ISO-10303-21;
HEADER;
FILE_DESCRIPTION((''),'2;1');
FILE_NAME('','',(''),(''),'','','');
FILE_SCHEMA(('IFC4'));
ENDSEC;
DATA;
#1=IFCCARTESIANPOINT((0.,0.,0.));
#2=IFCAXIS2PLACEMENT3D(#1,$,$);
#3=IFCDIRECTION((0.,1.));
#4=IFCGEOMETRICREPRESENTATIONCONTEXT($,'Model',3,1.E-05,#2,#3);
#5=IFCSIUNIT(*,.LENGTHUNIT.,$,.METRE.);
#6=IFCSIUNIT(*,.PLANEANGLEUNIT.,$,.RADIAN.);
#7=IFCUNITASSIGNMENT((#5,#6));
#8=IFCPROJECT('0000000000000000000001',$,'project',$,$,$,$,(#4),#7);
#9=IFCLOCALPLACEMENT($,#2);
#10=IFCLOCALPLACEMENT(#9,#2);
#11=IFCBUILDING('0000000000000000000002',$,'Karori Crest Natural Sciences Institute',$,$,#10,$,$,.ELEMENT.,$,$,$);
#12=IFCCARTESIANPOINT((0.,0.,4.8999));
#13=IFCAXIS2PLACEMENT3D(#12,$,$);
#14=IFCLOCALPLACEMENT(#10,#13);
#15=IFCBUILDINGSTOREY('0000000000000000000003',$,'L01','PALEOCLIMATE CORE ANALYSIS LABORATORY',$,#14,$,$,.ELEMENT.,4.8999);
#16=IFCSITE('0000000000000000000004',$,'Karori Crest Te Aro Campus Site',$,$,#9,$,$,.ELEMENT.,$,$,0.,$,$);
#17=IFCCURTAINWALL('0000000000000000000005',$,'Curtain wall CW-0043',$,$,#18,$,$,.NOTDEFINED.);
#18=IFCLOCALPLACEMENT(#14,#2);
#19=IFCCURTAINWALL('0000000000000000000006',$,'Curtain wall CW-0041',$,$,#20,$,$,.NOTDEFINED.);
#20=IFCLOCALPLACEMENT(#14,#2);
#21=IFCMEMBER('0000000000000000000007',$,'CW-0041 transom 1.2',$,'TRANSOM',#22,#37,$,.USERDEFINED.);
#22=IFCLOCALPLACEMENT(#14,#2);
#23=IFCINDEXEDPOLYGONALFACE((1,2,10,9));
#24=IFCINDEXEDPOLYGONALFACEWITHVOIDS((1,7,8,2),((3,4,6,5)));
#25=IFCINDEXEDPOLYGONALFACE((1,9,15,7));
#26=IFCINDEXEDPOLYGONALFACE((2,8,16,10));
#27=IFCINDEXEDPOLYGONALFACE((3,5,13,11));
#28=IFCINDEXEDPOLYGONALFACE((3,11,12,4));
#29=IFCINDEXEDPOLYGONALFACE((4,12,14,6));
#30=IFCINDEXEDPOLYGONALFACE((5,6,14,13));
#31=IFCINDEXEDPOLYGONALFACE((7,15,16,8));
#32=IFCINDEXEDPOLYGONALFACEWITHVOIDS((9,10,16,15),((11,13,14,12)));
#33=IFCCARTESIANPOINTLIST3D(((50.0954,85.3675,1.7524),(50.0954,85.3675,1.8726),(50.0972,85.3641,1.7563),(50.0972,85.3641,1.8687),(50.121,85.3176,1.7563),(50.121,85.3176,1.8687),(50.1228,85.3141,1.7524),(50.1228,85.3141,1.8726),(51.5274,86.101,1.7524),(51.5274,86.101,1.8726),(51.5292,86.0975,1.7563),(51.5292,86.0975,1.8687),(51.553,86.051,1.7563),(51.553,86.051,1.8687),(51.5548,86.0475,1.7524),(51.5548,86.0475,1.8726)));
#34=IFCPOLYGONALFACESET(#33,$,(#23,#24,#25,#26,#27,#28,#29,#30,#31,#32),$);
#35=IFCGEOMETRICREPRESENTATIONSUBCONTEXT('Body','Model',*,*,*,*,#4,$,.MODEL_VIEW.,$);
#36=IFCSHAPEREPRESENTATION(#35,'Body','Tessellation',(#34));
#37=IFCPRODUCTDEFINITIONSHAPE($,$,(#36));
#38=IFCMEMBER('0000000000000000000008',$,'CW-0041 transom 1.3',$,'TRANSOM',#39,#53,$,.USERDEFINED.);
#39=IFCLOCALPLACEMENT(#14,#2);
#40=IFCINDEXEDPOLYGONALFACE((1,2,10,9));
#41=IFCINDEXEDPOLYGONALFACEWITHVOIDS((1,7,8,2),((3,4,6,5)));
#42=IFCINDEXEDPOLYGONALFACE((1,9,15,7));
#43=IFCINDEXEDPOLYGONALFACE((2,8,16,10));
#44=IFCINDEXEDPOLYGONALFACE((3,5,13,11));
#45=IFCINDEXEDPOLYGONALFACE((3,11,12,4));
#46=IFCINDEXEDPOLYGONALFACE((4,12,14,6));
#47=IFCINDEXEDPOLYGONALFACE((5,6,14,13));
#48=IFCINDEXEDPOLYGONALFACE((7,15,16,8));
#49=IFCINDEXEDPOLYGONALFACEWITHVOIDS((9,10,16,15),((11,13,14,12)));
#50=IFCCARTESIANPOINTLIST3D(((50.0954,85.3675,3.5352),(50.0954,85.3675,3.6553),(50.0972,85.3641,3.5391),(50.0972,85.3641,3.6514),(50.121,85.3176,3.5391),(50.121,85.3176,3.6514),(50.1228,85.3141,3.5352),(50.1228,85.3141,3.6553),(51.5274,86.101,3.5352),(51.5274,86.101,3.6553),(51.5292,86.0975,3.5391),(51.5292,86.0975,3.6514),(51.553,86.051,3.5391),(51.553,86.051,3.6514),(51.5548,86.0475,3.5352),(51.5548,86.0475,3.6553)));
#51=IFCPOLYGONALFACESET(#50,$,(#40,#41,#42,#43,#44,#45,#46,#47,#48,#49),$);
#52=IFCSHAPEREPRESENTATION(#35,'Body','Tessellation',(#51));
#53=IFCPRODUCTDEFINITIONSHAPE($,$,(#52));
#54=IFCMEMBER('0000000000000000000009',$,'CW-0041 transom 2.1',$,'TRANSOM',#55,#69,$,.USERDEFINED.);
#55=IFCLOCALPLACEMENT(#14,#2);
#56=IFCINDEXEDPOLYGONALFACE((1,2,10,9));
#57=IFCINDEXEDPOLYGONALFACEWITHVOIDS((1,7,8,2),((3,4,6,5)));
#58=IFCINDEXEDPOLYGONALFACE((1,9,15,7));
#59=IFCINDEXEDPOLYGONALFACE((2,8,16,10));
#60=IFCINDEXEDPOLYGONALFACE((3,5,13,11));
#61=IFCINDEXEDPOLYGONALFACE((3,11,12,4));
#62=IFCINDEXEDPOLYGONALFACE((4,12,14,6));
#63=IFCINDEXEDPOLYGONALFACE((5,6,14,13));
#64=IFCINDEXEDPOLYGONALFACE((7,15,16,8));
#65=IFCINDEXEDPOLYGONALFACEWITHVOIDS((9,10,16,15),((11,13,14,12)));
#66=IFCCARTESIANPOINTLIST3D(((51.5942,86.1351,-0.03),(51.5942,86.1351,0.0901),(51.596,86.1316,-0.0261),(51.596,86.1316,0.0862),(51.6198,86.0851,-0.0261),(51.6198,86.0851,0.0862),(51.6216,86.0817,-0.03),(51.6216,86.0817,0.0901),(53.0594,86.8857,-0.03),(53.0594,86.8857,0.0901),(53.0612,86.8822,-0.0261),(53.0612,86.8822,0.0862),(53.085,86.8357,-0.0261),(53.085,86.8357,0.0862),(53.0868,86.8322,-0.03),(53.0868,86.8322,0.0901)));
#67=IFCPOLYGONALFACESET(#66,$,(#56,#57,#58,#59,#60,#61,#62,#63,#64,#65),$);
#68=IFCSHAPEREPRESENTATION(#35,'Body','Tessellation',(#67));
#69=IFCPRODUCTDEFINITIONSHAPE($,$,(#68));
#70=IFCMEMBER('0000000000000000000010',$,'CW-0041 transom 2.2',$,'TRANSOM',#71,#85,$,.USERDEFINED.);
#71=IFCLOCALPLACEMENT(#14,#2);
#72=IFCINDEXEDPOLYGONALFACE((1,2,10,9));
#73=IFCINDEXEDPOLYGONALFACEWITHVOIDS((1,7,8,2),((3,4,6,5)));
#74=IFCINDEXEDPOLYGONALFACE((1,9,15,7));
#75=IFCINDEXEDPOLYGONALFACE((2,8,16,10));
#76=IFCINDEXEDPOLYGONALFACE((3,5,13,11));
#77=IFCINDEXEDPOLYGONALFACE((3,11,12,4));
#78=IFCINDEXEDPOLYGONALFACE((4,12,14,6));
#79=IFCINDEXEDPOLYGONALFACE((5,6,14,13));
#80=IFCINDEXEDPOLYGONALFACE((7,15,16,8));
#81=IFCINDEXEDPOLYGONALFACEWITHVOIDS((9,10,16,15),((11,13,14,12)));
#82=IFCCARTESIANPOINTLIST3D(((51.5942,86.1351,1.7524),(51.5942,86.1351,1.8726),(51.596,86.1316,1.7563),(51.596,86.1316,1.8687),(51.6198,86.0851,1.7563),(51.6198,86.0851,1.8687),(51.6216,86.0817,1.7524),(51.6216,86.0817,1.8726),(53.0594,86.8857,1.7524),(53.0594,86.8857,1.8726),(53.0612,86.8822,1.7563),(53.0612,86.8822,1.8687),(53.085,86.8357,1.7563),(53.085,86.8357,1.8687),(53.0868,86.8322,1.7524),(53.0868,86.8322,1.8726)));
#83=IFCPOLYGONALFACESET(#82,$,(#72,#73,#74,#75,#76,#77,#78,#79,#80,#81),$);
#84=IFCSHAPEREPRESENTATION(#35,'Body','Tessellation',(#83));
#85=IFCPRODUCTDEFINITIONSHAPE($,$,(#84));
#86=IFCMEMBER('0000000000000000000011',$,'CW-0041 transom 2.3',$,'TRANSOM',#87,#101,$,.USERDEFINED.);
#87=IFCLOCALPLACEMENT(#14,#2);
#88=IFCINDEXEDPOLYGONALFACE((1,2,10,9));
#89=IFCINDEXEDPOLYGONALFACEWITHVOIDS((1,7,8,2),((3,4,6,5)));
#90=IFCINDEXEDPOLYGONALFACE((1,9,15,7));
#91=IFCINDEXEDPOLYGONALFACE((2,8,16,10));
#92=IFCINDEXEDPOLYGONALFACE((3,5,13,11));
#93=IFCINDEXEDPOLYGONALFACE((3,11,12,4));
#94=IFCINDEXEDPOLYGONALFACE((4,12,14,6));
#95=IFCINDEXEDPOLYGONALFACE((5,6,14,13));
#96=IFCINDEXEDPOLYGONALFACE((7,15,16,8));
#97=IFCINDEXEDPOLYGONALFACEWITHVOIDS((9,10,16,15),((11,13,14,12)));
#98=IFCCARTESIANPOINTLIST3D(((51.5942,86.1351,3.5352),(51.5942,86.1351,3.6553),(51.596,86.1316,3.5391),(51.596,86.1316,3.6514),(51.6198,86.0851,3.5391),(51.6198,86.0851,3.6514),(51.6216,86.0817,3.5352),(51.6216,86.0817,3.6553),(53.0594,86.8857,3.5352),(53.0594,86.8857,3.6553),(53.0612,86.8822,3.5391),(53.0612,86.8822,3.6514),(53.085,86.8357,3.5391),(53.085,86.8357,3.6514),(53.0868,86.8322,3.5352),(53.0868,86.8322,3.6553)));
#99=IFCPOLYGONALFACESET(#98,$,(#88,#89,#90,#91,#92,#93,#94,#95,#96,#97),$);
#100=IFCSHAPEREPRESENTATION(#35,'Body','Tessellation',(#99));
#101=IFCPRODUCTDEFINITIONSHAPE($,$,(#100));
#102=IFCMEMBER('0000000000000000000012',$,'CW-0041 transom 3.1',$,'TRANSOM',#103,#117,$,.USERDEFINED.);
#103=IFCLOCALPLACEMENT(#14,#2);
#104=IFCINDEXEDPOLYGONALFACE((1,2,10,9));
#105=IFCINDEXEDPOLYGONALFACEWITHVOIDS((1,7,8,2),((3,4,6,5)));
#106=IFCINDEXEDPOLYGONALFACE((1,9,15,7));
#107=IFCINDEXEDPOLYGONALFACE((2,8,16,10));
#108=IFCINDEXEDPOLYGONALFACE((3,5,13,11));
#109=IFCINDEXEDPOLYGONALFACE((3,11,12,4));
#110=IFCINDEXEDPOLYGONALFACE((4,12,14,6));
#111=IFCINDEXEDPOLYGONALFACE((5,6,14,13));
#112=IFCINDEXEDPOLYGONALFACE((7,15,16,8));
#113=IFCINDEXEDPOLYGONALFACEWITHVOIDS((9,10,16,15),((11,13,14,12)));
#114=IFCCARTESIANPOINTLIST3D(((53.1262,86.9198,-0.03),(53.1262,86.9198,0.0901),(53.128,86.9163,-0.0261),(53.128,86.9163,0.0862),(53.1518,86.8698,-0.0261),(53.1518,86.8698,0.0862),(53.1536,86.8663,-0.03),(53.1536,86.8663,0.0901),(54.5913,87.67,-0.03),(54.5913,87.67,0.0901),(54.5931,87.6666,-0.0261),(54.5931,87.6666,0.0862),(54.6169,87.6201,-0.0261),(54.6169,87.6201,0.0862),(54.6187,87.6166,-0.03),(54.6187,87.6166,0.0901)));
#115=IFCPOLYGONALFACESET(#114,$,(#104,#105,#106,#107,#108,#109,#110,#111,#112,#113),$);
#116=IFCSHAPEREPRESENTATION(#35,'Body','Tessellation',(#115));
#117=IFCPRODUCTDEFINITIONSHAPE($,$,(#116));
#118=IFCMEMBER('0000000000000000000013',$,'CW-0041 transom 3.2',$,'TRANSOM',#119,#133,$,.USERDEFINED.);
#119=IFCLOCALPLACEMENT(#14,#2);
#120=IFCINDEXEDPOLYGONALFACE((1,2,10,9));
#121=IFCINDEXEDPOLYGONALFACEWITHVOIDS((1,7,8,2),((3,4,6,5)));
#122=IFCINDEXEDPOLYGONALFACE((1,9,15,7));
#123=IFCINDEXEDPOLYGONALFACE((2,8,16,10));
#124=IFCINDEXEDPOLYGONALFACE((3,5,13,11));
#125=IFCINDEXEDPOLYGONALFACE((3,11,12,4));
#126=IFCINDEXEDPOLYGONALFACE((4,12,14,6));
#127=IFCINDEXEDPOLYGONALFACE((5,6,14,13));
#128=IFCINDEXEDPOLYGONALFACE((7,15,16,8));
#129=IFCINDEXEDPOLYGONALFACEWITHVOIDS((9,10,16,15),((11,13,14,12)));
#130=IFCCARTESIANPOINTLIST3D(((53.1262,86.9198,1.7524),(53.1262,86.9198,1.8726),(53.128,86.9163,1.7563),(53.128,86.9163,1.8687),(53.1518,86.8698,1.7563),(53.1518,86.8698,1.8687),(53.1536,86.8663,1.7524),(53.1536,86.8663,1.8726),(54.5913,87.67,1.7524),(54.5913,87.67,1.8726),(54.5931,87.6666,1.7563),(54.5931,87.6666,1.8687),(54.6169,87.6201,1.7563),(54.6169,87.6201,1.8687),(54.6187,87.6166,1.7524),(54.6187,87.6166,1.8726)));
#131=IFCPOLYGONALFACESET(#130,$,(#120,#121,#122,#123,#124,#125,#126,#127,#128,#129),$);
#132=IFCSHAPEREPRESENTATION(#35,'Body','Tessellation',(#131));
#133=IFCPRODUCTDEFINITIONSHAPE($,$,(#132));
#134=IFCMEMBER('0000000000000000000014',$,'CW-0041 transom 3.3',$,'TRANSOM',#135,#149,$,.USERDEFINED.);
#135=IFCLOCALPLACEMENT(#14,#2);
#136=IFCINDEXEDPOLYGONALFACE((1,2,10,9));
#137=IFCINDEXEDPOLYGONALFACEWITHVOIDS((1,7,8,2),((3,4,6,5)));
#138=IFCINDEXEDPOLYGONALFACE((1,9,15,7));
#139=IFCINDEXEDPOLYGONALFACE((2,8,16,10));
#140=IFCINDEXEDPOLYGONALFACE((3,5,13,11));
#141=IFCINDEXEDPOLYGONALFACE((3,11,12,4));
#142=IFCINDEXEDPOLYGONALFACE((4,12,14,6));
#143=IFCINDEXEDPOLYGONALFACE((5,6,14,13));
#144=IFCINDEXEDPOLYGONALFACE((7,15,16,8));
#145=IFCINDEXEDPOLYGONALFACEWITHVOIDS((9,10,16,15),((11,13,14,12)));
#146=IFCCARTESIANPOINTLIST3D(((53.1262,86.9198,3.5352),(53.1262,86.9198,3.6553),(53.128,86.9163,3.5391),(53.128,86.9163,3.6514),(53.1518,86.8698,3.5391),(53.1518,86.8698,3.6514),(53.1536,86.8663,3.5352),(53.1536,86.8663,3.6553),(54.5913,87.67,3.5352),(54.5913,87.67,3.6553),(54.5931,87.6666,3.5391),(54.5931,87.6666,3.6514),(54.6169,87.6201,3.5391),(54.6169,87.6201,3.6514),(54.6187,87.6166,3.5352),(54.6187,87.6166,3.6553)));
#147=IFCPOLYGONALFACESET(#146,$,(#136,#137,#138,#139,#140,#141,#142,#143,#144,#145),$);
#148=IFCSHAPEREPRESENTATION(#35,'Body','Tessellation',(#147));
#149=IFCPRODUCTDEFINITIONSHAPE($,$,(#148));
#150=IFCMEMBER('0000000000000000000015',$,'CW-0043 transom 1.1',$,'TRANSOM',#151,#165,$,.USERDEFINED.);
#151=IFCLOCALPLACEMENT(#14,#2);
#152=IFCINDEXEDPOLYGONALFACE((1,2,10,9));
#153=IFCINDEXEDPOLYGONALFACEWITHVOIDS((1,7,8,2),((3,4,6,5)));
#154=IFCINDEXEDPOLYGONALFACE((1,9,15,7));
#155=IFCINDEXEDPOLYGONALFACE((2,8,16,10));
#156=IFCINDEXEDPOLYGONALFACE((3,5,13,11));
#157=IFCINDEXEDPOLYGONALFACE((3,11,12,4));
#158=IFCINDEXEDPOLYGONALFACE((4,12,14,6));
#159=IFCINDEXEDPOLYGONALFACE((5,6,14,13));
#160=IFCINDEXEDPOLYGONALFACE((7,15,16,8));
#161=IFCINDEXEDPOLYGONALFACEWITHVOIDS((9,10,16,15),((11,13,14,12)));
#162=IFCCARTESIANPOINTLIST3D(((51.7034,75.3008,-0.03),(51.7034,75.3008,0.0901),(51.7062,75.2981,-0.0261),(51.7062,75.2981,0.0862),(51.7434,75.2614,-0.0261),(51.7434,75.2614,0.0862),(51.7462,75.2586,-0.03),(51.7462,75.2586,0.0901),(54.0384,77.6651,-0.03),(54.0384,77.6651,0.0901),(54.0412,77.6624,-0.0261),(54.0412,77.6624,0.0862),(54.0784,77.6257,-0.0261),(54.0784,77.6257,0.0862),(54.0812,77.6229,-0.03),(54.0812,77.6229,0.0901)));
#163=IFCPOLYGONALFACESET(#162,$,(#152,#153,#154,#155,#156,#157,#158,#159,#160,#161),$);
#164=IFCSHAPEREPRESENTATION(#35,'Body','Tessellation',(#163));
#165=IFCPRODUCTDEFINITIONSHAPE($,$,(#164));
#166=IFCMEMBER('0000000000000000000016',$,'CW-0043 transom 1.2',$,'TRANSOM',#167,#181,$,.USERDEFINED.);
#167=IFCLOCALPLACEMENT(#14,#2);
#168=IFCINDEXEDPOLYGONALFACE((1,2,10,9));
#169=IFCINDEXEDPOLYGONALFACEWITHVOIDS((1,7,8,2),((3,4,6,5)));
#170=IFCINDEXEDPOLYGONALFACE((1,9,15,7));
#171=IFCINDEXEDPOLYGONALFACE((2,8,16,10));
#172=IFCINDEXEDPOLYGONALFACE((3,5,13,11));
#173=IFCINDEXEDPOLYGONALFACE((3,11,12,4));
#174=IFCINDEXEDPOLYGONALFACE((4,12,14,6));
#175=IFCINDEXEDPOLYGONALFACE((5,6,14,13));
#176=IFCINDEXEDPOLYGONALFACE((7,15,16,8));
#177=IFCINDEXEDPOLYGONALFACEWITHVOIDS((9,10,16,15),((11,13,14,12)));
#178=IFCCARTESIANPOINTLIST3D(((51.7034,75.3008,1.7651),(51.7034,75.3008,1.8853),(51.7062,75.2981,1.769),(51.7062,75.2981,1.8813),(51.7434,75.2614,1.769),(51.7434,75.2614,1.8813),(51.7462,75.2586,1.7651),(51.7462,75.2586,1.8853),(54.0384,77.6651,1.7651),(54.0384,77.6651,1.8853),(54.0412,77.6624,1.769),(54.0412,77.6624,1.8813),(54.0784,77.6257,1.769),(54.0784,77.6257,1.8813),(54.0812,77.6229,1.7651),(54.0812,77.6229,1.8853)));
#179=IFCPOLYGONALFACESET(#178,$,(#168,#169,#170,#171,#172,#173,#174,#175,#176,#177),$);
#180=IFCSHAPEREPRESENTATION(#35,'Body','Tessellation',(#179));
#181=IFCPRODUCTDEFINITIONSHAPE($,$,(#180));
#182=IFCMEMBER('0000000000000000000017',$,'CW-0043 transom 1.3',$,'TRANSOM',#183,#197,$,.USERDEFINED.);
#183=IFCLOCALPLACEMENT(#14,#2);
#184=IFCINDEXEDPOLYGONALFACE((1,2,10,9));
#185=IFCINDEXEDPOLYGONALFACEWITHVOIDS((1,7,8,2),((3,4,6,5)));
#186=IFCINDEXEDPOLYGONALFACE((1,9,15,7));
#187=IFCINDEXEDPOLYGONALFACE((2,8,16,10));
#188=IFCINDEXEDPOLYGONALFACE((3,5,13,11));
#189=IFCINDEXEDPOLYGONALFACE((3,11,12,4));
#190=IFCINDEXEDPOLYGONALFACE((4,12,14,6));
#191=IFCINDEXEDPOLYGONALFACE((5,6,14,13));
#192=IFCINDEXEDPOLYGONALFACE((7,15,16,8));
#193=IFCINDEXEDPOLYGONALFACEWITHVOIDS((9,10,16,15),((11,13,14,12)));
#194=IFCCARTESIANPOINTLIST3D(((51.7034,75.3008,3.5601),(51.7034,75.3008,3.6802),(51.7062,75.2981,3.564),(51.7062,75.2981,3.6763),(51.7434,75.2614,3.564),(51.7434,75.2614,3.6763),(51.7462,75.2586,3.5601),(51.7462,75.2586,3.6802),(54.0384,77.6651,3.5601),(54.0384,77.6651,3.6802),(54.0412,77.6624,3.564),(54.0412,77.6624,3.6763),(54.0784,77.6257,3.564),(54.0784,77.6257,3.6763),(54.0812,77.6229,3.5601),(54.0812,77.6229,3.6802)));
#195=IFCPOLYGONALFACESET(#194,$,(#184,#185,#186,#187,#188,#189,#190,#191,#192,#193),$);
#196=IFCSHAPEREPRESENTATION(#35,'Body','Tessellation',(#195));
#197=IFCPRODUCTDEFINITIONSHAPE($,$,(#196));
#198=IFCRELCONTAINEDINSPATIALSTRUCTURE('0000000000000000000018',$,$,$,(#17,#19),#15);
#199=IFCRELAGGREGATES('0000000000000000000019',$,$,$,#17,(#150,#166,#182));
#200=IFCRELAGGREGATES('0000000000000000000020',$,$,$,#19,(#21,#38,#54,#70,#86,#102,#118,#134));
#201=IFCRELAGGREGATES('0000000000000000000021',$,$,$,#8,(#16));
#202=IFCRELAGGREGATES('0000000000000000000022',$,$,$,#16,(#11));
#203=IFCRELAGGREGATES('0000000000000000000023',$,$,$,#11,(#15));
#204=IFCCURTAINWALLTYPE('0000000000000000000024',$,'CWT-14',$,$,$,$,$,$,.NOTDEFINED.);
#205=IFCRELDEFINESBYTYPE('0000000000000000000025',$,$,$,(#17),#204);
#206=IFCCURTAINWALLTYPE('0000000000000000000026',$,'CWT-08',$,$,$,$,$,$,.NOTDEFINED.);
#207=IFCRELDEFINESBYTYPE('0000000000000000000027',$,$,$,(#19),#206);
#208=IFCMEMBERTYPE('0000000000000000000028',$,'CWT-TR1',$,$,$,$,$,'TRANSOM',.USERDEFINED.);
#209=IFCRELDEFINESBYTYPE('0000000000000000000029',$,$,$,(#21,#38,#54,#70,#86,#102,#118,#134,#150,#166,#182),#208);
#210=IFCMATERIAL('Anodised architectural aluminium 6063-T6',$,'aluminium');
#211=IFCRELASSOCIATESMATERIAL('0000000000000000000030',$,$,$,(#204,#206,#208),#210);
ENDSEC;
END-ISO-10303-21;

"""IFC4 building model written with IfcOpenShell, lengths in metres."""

from ifc_helpers import new_model, si_unit, direction, frame, origin, origin_2d, place, context, subcontext, project, spatial, hollow_rectangle, extrude, material, material_profile, profile_set, type_object, element, aggregate, save


model = new_model("IFC4")

# Units and contexts
model_context = context("Model", 3, precision=1e-05, world=origin(), true_north=direction((0.0, 1.0)))
body_context = subcontext(model_context, "Body", "Model", "MODEL_VIEW")
ifc_project = project(units=[si_unit("LENGTHUNIT", "METRE"), si_unit("PLANEANGLEUNIT", "RADIAN")], contexts=[model_context])

# Site, building, storey
site_placement = place(None, origin())
site = spatial("IfcSite", under=ifc_project, at=site_placement, Name="Karori Crest Te Aro Campus Site", CompositionType="ELEMENT", RefElevation=0.0)
building_placement = place(site_placement, origin())
building = spatial("IfcBuilding", under=site, at=building_placement, Name="Karori Crest Natural Sciences Institute", CompositionType="ELEMENT")
storey_placement = place(building_placement, frame((0.0, 0.0, 4.8999)))
storey = spatial("IfcBuildingStorey", under=building, at=storey_placement, Name="L01", Description="PALEOCLIMATE CORE ANALYSIS LABORATORY", CompositionType="ELEMENT", Elevation=4.8999)

# Curtain wall
ifc_material_1 = material(Name="Anodised architectural aluminium 6063-T6", Category="aluminium")
curtain_wall_type_1 = type_object("IfcCurtainWallType", Name="CWT-14", PredefinedType="NOTDEFINED", material=ifc_material_1)
curtain_wall_1_placement = place(storey_placement, origin())
curtain_wall_1 = element("IfcCurtainWall", 1, at=curtain_wall_1_placement, inside=storey, type_object=curtain_wall_type_1, Name="Curtain wall CW-0043", PredefinedType="NOTDEFINED")

# Curtain wall
curtain_wall_type_2 = type_object("IfcCurtainWallType", Name="CWT-08", PredefinedType="NOTDEFINED", material=ifc_material_1)
curtain_wall_2_placement = place(storey_placement, origin())
curtain_wall_2 = element("IfcCurtainWall", 2, at=curtain_wall_2_placement, inside=storey, type_object=curtain_wall_type_2, Name="Curtain wall CW-0041", PredefinedType="NOTDEFINED")

# Members
ifc_material_profile_1 = material_profile(ifc_material_1, hollow_rectangle(XDim=0.0601, YDim=0.1201, WallThickness=0.0039, at=origin_2d()), Name="CWT120x60x4")
ifc_profile_set_1 = profile_set([ifc_material_profile_1], Name="Anodised architectural aluminium 6063-T6")
member_type_1 = type_object("IfcMemberType", Name="CWT-TR1", ElementType="TRANSOM", PredefinedType="USERDEFINED", material=ifc_profile_set_1)
member_1_placement = place(storey_placement, frame((50.1091, 85.3408, 1.8125), z_axis=(0.890045, 0.455873, 0.0), x_axis=(-0.455873, 0.890045, 0.0)))
member_1 = element("IfcMember", 3, at=member_1_placement, type_object=member_type_1, Name="CW-0041 transom 1.2", ObjectType="TRANSOM", PredefinedType="USERDEFINED", context=body_context, shape_type="SweptSolid", body=[
    extrude(hollow_rectangle(XDim=0.0601, YDim=0.1201, WallThickness=0.0039, at=origin_2d()), origin(), (0.0, 0.0, 1.0), 1.6089),
])
member_2_placement = place(storey_placement, frame((50.1091, 85.3408, 3.5952), z_axis=(0.890045, 0.455873, 0.0), x_axis=(-0.455873, 0.890045, 0.0)))
member_2 = element("IfcMember", 4, at=member_2_placement, type_object=member_type_1, Name="CW-0041 transom 1.3", ObjectType="TRANSOM", PredefinedType="USERDEFINED", context=body_context, shape_type="SweptSolid", body=[
    extrude(hollow_rectangle(XDim=0.0601, YDim=0.1201, WallThickness=0.0039, at=origin_2d()), origin(), (0.0, 0.0, 1.0), 1.6089),
])
member_3_placement = place(storey_placement, frame((51.6079, 86.1084, 0.03), z_axis=(0.890024, 0.455913, 0.0), x_axis=(-0.455913, 0.890024, 0.0)))
member_3 = element("IfcMember", 5, at=member_3_placement, type_object=member_type_1, Name="CW-0041 transom 2.1", ObjectType="TRANSOM", PredefinedType="USERDEFINED", context=body_context, shape_type="SweptSolid", body=[
    extrude(hollow_rectangle(XDim=0.0601, YDim=0.1201, WallThickness=0.0039, at=origin_2d()), origin(), (0.0, 0.0, 1.0), 1.6462),
])
member_4_placement = place(storey_placement, frame((51.6079, 86.1084, 1.8125), z_axis=(0.890024, 0.455913, 0.0), x_axis=(-0.455913, 0.890024, 0.0)))
member_4 = element("IfcMember", 6, at=member_4_placement, type_object=member_type_1, Name="CW-0041 transom 2.2", ObjectType="TRANSOM", PredefinedType="USERDEFINED", context=body_context, shape_type="SweptSolid", body=[
    extrude(hollow_rectangle(XDim=0.0601, YDim=0.1201, WallThickness=0.0039, at=origin_2d()), origin(), (0.0, 0.0, 1.0), 1.6462),
])
member_5_placement = place(storey_placement, frame((51.6079, 86.1084, 3.5952), z_axis=(0.890024, 0.455913, 0.0), x_axis=(-0.455913, 0.890024, 0.0)))
member_5 = element("IfcMember", 7, at=member_5_placement, type_object=member_type_1, Name="CW-0041 transom 2.3", ObjectType="TRANSOM", PredefinedType="USERDEFINED", context=body_context, shape_type="SweptSolid", body=[
    extrude(hollow_rectangle(XDim=0.0601, YDim=0.1201, WallThickness=0.0039, at=origin_2d()), origin(), (0.0, 0.0, 1.0), 1.6462),
])
member_6_placement = place(storey_placement, frame((53.1399, 86.8931, 0.03), z_axis=(0.890084, 0.455796, 0.0), x_axis=(-0.455796, 0.890084, 0.0)))
member_6 = element("IfcMember", 8, at=member_6_placement, type_object=member_type_1, Name="CW-0041 transom 3.1", ObjectType="TRANSOM", PredefinedType="USERDEFINED", context=body_context, shape_type="SweptSolid", body=[
    extrude(hollow_rectangle(XDim=0.0601, YDim=0.1201, WallThickness=0.0039, at=origin_2d()), origin(), (0.0, 0.0, 1.0), 1.646),
])
member_7_placement = place(storey_placement, frame((53.1399, 86.8931, 1.8125), z_axis=(0.890084, 0.455796, 0.0), x_axis=(-0.455796, 0.890084, 0.0)))
member_7 = element("IfcMember", 9, at=member_7_placement, type_object=member_type_1, Name="CW-0041 transom 3.2", ObjectType="TRANSOM", PredefinedType="USERDEFINED", context=body_context, shape_type="SweptSolid", body=[
    extrude(hollow_rectangle(XDim=0.0601, YDim=0.1201, WallThickness=0.0039, at=origin_2d()), origin(), (0.0, 0.0, 1.0), 1.646),
])
member_8_placement = place(storey_placement, frame((53.1399, 86.8931, 3.5952), z_axis=(0.890084, 0.455796, 0.0), x_axis=(-0.455796, 0.890084, 0.0)))
member_8 = element("IfcMember", 10, at=member_8_placement, type_object=member_type_1, Name="CW-0041 transom 3.3", ObjectType="TRANSOM", PredefinedType="USERDEFINED", context=body_context, shape_type="SweptSolid", body=[
    extrude(hollow_rectangle(XDim=0.0601, YDim=0.1201, WallThickness=0.0039, at=origin_2d()), origin(), (0.0, 0.0, 1.0), 1.646),
])
member_9_placement = place(storey_placement, frame((54.0598, 77.644, 0.03), z_axis=(-0.702685, -0.711501, 0.0), x_axis=(0.711501, -0.702685, 0.0)))
member_9 = element("IfcMember", 11, at=member_9_placement, type_object=member_type_1, Name="CW-0043 transom 1.1", ObjectType="TRANSOM", PredefinedType="USERDEFINED", context=body_context, shape_type="SweptSolid", body=[
    extrude(hollow_rectangle(XDim=0.0601, YDim=0.1201, WallThickness=0.0039, at=origin_2d()), origin(), (0.0, 0.0, 1.0), 3.323),
])
member_10_placement = place(storey_placement, frame((54.0598, 77.644, 1.8252), z_axis=(-0.702685, -0.711501, 0.0), x_axis=(0.711501, -0.702685, 0.0)))
member_10 = element("IfcMember", 12, at=member_10_placement, type_object=member_type_1, Name="CW-0043 transom 1.2", ObjectType="TRANSOM", PredefinedType="USERDEFINED", context=body_context, shape_type="SweptSolid", body=[
    extrude(hollow_rectangle(XDim=0.0601, YDim=0.1201, WallThickness=0.0039, at=origin_2d()), origin(), (0.0, 0.0, 1.0), 3.323),
])
member_11_placement = place(storey_placement, frame((54.0598, 77.644, 3.6201), z_axis=(-0.702685, -0.711501, 0.0), x_axis=(0.711501, -0.702685, 0.0)))
member_11 = element("IfcMember", 13, at=member_11_placement, type_object=member_type_1, Name="CW-0043 transom 1.3", ObjectType="TRANSOM", PredefinedType="USERDEFINED", context=body_context, shape_type="SweptSolid", body=[
    extrude(hollow_rectangle(XDim=0.0601, YDim=0.1201, WallThickness=0.0039, at=origin_2d()), origin(), (0.0, 0.0, 1.0), 3.323),
])
aggregate(curtain_wall_1, [member_9, member_10, member_11])

aggregate(curtain_wall_2, [member_1, member_2, member_3, member_4, member_5, member_6, member_7, member_8])

save(model, "model.ifc")
